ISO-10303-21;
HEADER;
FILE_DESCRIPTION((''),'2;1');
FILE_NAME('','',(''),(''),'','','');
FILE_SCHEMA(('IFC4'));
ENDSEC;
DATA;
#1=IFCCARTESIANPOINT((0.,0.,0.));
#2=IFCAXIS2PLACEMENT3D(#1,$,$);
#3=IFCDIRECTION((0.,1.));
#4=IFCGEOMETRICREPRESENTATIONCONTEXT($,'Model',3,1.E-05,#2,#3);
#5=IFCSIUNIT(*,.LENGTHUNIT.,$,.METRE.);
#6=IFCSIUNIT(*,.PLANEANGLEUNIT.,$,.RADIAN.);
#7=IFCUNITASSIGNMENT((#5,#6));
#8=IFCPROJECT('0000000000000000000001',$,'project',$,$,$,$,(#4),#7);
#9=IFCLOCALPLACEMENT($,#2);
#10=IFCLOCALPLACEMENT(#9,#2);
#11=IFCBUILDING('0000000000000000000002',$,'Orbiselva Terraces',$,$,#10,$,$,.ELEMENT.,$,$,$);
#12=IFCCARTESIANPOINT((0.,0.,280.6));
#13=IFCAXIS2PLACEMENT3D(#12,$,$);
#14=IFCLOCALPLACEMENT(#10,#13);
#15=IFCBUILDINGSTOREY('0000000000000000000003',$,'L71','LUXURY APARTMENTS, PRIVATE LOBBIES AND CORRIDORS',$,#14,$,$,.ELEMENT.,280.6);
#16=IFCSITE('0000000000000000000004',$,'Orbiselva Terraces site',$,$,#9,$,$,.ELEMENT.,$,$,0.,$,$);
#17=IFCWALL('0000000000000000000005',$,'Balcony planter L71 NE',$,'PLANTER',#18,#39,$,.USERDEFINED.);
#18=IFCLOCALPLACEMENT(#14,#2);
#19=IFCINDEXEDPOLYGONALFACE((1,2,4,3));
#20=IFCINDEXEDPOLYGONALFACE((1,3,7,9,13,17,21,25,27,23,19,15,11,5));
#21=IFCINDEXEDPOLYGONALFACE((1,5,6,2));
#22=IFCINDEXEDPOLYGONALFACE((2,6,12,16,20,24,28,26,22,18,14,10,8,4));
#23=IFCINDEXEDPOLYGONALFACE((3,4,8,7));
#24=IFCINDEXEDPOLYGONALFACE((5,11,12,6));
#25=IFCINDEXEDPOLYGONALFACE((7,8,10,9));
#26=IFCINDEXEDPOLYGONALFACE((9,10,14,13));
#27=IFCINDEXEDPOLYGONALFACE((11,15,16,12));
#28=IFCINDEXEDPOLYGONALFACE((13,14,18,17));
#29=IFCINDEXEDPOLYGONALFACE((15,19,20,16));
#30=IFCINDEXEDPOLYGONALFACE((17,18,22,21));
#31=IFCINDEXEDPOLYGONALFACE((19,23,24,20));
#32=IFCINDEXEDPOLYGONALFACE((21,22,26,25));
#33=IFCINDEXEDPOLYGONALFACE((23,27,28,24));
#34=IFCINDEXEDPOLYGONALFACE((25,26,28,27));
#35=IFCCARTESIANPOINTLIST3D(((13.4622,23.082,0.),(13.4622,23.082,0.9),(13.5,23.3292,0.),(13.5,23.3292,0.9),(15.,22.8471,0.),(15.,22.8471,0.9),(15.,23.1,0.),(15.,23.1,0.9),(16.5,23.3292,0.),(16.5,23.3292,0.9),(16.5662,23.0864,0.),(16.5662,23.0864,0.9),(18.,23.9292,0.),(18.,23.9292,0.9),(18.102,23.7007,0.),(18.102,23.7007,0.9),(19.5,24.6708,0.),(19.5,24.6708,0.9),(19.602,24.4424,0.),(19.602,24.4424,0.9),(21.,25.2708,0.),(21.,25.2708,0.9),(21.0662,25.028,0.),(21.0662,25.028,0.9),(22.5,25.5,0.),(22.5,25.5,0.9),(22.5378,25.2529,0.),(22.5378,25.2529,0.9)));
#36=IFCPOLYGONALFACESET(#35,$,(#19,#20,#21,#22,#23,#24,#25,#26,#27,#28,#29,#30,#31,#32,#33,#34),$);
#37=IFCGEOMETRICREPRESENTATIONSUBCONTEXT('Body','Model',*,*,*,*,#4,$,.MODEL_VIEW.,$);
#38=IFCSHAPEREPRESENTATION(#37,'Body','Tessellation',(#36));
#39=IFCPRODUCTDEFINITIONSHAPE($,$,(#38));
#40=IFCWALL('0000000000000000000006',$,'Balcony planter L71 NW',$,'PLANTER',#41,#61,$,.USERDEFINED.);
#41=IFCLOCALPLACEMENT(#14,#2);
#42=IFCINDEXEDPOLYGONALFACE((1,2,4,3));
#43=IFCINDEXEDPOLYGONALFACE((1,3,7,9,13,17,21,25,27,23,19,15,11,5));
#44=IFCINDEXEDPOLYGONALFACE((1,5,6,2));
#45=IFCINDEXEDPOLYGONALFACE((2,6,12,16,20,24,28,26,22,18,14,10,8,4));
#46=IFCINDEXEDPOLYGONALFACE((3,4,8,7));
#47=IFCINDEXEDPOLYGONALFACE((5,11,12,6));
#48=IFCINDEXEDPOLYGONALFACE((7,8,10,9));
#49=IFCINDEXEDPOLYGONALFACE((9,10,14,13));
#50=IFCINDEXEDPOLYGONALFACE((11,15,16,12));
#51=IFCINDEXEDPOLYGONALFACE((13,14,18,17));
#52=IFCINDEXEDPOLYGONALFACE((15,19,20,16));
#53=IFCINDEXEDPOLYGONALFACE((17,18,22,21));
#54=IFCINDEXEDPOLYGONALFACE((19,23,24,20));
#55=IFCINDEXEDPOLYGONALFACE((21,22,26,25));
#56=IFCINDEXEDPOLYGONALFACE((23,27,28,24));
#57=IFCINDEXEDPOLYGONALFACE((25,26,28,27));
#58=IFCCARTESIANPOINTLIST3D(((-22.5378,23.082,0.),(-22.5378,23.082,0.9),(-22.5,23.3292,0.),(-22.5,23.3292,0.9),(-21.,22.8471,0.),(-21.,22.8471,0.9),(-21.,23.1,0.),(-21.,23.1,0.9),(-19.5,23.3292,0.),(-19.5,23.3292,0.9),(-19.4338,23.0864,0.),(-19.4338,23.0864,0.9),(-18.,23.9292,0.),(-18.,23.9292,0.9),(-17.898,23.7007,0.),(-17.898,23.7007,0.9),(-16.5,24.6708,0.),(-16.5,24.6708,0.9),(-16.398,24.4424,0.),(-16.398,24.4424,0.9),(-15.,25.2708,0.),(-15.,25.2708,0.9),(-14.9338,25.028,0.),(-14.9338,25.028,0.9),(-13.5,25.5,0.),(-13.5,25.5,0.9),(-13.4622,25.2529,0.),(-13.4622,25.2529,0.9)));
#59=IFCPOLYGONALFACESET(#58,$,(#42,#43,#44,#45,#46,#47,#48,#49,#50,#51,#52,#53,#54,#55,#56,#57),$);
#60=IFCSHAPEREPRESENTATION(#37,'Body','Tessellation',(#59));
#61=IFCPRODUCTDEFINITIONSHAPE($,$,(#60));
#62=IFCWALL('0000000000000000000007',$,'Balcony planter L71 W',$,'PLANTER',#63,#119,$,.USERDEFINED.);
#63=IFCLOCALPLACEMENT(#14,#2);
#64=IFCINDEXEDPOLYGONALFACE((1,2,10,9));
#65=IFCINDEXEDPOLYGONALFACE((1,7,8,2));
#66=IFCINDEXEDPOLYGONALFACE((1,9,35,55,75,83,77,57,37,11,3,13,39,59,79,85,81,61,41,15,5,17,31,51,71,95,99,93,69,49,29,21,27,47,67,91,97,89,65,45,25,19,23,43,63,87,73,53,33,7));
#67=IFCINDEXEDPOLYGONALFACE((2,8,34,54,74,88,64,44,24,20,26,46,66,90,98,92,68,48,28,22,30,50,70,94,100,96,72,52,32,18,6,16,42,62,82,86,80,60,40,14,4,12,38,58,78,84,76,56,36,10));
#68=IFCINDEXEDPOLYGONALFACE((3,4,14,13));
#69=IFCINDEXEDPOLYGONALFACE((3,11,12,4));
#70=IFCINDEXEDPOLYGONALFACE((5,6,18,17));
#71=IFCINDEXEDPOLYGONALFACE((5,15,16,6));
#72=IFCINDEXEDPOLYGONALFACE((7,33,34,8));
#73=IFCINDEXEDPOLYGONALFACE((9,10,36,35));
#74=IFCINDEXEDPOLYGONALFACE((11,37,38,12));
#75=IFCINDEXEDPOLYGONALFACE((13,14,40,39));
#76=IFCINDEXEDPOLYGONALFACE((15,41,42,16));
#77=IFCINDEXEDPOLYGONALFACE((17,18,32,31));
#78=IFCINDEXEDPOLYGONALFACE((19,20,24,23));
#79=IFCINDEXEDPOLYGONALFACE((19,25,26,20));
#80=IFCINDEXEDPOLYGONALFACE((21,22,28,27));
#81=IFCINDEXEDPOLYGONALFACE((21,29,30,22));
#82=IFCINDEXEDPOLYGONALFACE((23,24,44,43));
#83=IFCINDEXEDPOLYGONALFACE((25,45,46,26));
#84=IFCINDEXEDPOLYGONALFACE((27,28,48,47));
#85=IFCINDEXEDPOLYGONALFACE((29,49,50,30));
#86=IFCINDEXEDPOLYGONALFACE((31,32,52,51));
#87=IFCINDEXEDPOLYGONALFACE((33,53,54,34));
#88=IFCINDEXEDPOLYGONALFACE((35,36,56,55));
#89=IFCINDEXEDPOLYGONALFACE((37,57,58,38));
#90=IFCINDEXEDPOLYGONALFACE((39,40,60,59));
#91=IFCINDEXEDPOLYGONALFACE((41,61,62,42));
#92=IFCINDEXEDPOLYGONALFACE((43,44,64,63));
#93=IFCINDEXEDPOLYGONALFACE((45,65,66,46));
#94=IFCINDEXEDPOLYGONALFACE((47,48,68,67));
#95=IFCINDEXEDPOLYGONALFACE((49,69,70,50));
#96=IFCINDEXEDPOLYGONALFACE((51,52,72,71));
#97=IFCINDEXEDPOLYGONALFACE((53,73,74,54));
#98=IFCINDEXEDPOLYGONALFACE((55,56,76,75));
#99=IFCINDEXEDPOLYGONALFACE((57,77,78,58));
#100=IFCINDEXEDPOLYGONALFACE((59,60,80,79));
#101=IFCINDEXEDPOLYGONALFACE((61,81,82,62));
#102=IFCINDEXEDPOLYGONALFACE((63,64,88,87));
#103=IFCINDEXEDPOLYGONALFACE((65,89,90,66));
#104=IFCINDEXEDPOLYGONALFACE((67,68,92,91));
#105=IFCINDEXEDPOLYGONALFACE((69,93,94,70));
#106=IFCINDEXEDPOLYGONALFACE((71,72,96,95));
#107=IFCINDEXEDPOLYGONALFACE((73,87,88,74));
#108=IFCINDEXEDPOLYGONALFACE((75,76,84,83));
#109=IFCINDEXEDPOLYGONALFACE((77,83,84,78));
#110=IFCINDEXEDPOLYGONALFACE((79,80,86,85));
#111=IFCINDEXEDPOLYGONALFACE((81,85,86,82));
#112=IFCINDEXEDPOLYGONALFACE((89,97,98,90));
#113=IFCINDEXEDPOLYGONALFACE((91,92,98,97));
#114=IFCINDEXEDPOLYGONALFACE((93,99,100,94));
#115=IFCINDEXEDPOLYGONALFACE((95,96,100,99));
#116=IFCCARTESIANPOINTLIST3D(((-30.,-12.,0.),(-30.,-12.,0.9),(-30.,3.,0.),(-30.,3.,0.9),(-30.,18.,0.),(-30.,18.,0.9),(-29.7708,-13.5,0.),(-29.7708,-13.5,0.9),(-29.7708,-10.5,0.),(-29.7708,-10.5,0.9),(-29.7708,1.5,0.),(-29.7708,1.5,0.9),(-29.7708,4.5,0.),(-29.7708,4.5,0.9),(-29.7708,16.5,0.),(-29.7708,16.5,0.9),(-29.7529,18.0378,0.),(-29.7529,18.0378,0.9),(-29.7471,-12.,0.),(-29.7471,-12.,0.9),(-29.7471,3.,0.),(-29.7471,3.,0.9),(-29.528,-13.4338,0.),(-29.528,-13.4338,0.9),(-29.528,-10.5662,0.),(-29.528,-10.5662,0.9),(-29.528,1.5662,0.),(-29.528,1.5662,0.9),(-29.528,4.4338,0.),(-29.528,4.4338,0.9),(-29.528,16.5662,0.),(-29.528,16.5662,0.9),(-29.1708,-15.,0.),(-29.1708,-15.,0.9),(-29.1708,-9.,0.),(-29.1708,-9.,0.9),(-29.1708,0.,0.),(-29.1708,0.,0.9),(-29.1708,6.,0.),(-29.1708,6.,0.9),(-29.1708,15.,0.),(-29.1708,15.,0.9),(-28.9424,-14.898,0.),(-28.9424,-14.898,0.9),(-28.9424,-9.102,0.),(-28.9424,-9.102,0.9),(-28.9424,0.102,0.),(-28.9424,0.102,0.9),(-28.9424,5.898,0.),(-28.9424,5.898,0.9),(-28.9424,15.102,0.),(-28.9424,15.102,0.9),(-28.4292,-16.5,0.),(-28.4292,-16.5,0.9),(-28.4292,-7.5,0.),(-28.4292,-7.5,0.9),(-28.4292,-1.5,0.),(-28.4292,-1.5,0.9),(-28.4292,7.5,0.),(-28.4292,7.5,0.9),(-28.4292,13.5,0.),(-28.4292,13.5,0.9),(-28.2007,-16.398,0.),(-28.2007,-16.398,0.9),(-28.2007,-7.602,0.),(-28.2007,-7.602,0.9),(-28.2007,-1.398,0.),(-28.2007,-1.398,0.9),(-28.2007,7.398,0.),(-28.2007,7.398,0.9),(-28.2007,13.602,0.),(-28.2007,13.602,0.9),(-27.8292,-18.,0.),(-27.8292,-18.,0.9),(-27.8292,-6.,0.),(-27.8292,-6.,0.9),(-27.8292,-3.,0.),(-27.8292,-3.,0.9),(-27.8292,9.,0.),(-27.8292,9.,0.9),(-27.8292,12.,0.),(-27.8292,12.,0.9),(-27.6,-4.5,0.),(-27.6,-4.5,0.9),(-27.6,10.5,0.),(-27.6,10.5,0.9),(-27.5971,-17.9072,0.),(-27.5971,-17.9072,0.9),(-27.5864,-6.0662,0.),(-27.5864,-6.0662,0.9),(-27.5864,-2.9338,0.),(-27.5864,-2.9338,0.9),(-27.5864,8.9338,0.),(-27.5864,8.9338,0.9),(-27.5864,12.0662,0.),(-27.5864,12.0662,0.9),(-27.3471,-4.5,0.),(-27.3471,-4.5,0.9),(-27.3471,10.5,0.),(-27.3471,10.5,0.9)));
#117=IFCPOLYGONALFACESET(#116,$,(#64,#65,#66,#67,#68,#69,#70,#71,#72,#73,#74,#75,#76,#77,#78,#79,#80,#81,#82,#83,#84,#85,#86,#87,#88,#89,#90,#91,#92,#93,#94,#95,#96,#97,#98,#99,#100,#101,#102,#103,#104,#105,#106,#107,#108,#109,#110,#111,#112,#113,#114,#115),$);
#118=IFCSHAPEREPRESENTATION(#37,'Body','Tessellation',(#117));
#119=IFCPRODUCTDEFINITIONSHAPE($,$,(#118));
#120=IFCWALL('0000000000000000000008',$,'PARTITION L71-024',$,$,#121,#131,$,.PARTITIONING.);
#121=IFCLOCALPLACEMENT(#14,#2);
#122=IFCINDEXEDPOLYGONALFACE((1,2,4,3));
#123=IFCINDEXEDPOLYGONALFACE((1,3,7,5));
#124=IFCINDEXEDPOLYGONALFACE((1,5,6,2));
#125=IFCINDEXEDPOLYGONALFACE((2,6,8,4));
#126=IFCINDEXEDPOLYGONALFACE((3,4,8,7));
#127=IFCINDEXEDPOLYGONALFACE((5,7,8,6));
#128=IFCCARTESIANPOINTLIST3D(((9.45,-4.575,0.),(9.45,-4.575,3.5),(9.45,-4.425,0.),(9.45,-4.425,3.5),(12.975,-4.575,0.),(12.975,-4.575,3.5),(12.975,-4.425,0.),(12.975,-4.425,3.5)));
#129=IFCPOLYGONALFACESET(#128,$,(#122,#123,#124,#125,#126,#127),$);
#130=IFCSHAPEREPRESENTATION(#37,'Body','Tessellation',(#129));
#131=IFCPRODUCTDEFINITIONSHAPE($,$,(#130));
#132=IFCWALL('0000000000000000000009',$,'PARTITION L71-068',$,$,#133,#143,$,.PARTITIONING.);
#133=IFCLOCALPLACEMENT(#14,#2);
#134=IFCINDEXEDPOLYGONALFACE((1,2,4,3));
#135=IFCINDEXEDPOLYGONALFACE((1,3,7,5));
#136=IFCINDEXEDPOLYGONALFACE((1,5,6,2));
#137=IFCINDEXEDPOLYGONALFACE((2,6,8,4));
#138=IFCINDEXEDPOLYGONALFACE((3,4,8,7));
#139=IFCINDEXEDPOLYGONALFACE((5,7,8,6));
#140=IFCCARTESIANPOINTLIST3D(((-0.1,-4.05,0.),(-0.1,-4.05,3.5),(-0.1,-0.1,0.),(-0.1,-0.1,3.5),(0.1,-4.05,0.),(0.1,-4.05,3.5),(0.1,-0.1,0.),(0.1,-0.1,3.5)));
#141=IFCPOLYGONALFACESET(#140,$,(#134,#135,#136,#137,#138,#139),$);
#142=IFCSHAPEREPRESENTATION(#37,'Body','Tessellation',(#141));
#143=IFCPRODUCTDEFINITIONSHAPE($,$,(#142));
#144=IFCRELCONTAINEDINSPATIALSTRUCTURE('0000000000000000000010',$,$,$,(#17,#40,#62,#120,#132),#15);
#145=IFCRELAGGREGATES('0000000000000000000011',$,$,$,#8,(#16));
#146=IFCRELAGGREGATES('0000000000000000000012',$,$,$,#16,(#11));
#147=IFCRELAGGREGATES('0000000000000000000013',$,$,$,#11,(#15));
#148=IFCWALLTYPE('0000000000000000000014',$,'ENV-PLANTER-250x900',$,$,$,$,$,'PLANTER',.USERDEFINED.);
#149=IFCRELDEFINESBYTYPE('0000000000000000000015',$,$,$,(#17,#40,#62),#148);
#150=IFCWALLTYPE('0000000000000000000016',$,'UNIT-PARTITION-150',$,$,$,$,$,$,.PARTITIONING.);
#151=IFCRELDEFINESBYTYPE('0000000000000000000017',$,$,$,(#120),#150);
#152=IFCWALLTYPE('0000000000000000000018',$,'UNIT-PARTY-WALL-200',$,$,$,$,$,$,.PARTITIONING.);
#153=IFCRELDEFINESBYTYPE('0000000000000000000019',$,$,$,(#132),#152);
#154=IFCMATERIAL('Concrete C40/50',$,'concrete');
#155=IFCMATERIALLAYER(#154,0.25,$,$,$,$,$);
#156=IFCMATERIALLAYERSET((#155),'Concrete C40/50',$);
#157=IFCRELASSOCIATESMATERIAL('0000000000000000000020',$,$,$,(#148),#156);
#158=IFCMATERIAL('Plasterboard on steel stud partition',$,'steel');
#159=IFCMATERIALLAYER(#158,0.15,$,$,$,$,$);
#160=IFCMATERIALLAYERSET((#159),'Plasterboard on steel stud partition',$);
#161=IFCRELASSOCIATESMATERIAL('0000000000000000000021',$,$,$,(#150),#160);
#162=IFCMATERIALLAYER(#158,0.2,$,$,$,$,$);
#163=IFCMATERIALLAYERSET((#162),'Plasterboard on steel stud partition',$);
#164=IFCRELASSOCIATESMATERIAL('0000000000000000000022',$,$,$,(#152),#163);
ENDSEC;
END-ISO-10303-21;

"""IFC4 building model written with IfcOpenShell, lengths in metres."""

from ifc_helpers import new_model, si_unit, direction, frame, frame_2d, origin, place, context, subcontext, project, spatial, polyline, rectangle, outline, extrude, material, layer, layer_set, type_object, element, save


model = new_model("IFC4")

# Units and contexts
model_context = context("Model", 3, precision=1e-05, world=origin(), true_north=direction((0.0, 1.0)))
body_context = subcontext(model_context, "Body", "Model", "MODEL_VIEW")
ifc_project = project(units=[si_unit("LENGTHUNIT", "METRE"), si_unit("PLANEANGLEUNIT", "RADIAN")], contexts=[model_context])

# Site, building, storey
site_placement = place(None, origin())
site = spatial("IfcSite", under=ifc_project, at=site_placement, Name="Orbiselva Terraces site", CompositionType="ELEMENT", RefElevation=0.0)
building_placement = place(site_placement, origin())
building = spatial("IfcBuilding", under=site, at=building_placement, Name="Orbiselva Terraces", CompositionType="ELEMENT")
storey_placement = place(building_placement, frame((0.0, 0.0, 280.6)))
storey = spatial("IfcBuildingStorey", under=building, at=storey_placement, Name="L71", Description="LUXURY APARTMENTS, PRIVATE LOBBIES AND CORRIDORS", CompositionType="ELEMENT", Elevation=280.6)

# Shared definitions
ifc_material_1 = material(Name="Concrete C40/50", Category="concrete")

# Walls
ifc_layer_1 = layer(ifc_material_1, 0.25)
ifc_layer_set_1 = layer_set([ifc_layer_1], Name="Concrete C40/50")
wall_type_1 = type_object("IfcWallType", Name="ENV-PLANTER-250x900", ElementType="PLANTER", PredefinedType="USERDEFINED", material=ifc_layer_set_1)
wall_1_placement = place(storey_placement, origin())
element("IfcWall", 1, at=wall_1_placement, inside=storey, type_object=wall_type_1, Name="Balcony planter L71 NE", ObjectType="PLANTER", PredefinedType="USERDEFINED", context=body_context, shape_type="SweptSolid", body=[
    extrude(outline(polyline([(22.5, 25.5), (21.0, 25.2708), (19.5, 24.6708), (18.0, 23.9292), (16.5, 23.3292), (15.0, 23.1), (13.5, 23.3292), (13.4622, 23.082), (15.0, 22.8471), (16.5662, 23.0864), (18.102, 23.7007), (19.602, 24.4424), (21.0662, 25.028), (22.5378, 25.2529), (22.5, 25.5)])), origin(), (0.0, 0.0, 1.0), 0.9),
])
wall_2_placement = place(storey_placement, origin())
element("IfcWall", 2, at=wall_2_placement, inside=storey, type_object=wall_type_1, Name="Balcony planter L71 NW", ObjectType="PLANTER", PredefinedType="USERDEFINED", context=body_context, shape_type="SweptSolid", body=[
    extrude(outline(polyline([(-13.5, 25.5), (-15.0, 25.2708), (-16.5, 24.6708), (-18.0, 23.9292), (-19.5, 23.3292), (-21.0, 23.1), (-22.5, 23.3292), (-22.5378, 23.082), (-21.0, 22.8471), (-19.4338, 23.0864), (-17.898, 23.7007), (-16.398, 24.4424), (-14.9338, 25.028), (-13.4622, 25.2529), (-13.5, 25.5)])), origin(), (0.0, 0.0, 1.0), 0.9),
])
wall_3_placement = place(storey_placement, origin())
element("IfcWall", 3, at=wall_3_placement, inside=storey, type_object=wall_type_1, Name="Balcony planter L71 W", ObjectType="PLANTER", PredefinedType="USERDEFINED", context=body_context, shape_type="SweptSolid", body=[
    extrude(outline(polyline([(-30.0, 18.0), (-29.7708, 16.5), (-29.1708, 15.0), (-28.4292, 13.5), (-27.8292, 12.0), (-27.6, 10.5), (-27.8292, 9.0), (-28.4292, 7.5), (-29.1708, 6.0), (-29.7708, 4.5), (-30.0, 3.0), (-29.7708, 1.5), (-29.1708, 0.0), (-28.4292, -1.5), (-27.8292, -3.0), (-27.6, -4.5), (-27.8292, -6.0), (-28.4292, -7.5), (-29.1708, -9.0), (-29.7708, -10.5), (-30.0, -12.0), (-29.7708, -13.5), (-29.1708, -15.0), (-28.4292, -16.5), (-27.8292, -18.0), (-27.5971, -17.9072), (-28.2007, -16.398), (-28.9424, -14.898), (-29.528, -13.4338), (-29.7471, -12.0), (-29.528, -10.5662), (-28.9424, -9.102), (-28.2007, -7.602), (-27.5864, -6.0662), (-27.3471, -4.5), (-27.5864, -2.9338), (-28.2007, -1.398), (-28.9424, 0.102), (-29.528, 1.5662), (-29.7471, 3.0), (-29.528, 4.4338), (-28.9424, 5.898), (-28.2007, 7.398), (-27.5864, 8.9338), (-27.3471, 10.5), (-27.5864, 12.0662), (-28.2007, 13.602), (-28.9424, 15.102), (-29.528, 16.5662), (-29.7529, 18.0378), (-30.0, 18.0)])), origin(), (0.0, 0.0, 1.0), 0.9),
])
ifc_material_2 = material(Name="Plasterboard on steel stud partition", Category="steel")
ifc_layer_2 = layer(ifc_material_2, 0.15)
ifc_layer_set_2 = layer_set([ifc_layer_2], Name="Plasterboard on steel stud partition")
wall_type_2 = type_object("IfcWallType", Name="UNIT-PARTITION-150", PredefinedType="PARTITIONING", material=ifc_layer_set_2)
wall_4_placement = place(storey_placement, frame((9.45, -4.5, 0.0), z_axis=(0.0, 0.0, 1.0), x_axis=(1.0, 0.0, 0.0)))
element("IfcWall", 4, at=wall_4_placement, inside=storey, type_object=wall_type_2, Name="PARTITION L71-024", PredefinedType="PARTITIONING", context=body_context, shape_type="SweptSolid", body=[
    extrude(rectangle(XDim=3.525, YDim=0.15, at=frame_2d((1.7625, 0.0))), origin(), (0.0, 0.0, 1.0), 3.5),
])
ifc_layer_3 = layer(ifc_material_2, 0.2)
ifc_layer_set_3 = layer_set([ifc_layer_3], Name="Plasterboard on steel stud partition")
wall_type_3 = type_object("IfcWallType", Name="UNIT-PARTY-WALL-200", PredefinedType="PARTITIONING", material=ifc_layer_set_3)
wall_5_placement = place(storey_placement, frame((0.0, -4.05, 0.0), z_axis=(0.0, 0.0, 1.0), x_axis=(0.0, 1.0, 0.0)))
element("IfcWall", 5, at=wall_5_placement, inside=storey, type_object=wall_type_3, Name="PARTITION L71-068", PredefinedType="PARTITIONING", context=body_context, shape_type="SweptSolid", body=[
    extrude(rectangle(XDim=3.95, YDim=0.2, at=frame_2d((1.975, 0.0))), origin(), (0.0, 0.0, 1.0), 3.5),
])

save(model, "model.ifc")
